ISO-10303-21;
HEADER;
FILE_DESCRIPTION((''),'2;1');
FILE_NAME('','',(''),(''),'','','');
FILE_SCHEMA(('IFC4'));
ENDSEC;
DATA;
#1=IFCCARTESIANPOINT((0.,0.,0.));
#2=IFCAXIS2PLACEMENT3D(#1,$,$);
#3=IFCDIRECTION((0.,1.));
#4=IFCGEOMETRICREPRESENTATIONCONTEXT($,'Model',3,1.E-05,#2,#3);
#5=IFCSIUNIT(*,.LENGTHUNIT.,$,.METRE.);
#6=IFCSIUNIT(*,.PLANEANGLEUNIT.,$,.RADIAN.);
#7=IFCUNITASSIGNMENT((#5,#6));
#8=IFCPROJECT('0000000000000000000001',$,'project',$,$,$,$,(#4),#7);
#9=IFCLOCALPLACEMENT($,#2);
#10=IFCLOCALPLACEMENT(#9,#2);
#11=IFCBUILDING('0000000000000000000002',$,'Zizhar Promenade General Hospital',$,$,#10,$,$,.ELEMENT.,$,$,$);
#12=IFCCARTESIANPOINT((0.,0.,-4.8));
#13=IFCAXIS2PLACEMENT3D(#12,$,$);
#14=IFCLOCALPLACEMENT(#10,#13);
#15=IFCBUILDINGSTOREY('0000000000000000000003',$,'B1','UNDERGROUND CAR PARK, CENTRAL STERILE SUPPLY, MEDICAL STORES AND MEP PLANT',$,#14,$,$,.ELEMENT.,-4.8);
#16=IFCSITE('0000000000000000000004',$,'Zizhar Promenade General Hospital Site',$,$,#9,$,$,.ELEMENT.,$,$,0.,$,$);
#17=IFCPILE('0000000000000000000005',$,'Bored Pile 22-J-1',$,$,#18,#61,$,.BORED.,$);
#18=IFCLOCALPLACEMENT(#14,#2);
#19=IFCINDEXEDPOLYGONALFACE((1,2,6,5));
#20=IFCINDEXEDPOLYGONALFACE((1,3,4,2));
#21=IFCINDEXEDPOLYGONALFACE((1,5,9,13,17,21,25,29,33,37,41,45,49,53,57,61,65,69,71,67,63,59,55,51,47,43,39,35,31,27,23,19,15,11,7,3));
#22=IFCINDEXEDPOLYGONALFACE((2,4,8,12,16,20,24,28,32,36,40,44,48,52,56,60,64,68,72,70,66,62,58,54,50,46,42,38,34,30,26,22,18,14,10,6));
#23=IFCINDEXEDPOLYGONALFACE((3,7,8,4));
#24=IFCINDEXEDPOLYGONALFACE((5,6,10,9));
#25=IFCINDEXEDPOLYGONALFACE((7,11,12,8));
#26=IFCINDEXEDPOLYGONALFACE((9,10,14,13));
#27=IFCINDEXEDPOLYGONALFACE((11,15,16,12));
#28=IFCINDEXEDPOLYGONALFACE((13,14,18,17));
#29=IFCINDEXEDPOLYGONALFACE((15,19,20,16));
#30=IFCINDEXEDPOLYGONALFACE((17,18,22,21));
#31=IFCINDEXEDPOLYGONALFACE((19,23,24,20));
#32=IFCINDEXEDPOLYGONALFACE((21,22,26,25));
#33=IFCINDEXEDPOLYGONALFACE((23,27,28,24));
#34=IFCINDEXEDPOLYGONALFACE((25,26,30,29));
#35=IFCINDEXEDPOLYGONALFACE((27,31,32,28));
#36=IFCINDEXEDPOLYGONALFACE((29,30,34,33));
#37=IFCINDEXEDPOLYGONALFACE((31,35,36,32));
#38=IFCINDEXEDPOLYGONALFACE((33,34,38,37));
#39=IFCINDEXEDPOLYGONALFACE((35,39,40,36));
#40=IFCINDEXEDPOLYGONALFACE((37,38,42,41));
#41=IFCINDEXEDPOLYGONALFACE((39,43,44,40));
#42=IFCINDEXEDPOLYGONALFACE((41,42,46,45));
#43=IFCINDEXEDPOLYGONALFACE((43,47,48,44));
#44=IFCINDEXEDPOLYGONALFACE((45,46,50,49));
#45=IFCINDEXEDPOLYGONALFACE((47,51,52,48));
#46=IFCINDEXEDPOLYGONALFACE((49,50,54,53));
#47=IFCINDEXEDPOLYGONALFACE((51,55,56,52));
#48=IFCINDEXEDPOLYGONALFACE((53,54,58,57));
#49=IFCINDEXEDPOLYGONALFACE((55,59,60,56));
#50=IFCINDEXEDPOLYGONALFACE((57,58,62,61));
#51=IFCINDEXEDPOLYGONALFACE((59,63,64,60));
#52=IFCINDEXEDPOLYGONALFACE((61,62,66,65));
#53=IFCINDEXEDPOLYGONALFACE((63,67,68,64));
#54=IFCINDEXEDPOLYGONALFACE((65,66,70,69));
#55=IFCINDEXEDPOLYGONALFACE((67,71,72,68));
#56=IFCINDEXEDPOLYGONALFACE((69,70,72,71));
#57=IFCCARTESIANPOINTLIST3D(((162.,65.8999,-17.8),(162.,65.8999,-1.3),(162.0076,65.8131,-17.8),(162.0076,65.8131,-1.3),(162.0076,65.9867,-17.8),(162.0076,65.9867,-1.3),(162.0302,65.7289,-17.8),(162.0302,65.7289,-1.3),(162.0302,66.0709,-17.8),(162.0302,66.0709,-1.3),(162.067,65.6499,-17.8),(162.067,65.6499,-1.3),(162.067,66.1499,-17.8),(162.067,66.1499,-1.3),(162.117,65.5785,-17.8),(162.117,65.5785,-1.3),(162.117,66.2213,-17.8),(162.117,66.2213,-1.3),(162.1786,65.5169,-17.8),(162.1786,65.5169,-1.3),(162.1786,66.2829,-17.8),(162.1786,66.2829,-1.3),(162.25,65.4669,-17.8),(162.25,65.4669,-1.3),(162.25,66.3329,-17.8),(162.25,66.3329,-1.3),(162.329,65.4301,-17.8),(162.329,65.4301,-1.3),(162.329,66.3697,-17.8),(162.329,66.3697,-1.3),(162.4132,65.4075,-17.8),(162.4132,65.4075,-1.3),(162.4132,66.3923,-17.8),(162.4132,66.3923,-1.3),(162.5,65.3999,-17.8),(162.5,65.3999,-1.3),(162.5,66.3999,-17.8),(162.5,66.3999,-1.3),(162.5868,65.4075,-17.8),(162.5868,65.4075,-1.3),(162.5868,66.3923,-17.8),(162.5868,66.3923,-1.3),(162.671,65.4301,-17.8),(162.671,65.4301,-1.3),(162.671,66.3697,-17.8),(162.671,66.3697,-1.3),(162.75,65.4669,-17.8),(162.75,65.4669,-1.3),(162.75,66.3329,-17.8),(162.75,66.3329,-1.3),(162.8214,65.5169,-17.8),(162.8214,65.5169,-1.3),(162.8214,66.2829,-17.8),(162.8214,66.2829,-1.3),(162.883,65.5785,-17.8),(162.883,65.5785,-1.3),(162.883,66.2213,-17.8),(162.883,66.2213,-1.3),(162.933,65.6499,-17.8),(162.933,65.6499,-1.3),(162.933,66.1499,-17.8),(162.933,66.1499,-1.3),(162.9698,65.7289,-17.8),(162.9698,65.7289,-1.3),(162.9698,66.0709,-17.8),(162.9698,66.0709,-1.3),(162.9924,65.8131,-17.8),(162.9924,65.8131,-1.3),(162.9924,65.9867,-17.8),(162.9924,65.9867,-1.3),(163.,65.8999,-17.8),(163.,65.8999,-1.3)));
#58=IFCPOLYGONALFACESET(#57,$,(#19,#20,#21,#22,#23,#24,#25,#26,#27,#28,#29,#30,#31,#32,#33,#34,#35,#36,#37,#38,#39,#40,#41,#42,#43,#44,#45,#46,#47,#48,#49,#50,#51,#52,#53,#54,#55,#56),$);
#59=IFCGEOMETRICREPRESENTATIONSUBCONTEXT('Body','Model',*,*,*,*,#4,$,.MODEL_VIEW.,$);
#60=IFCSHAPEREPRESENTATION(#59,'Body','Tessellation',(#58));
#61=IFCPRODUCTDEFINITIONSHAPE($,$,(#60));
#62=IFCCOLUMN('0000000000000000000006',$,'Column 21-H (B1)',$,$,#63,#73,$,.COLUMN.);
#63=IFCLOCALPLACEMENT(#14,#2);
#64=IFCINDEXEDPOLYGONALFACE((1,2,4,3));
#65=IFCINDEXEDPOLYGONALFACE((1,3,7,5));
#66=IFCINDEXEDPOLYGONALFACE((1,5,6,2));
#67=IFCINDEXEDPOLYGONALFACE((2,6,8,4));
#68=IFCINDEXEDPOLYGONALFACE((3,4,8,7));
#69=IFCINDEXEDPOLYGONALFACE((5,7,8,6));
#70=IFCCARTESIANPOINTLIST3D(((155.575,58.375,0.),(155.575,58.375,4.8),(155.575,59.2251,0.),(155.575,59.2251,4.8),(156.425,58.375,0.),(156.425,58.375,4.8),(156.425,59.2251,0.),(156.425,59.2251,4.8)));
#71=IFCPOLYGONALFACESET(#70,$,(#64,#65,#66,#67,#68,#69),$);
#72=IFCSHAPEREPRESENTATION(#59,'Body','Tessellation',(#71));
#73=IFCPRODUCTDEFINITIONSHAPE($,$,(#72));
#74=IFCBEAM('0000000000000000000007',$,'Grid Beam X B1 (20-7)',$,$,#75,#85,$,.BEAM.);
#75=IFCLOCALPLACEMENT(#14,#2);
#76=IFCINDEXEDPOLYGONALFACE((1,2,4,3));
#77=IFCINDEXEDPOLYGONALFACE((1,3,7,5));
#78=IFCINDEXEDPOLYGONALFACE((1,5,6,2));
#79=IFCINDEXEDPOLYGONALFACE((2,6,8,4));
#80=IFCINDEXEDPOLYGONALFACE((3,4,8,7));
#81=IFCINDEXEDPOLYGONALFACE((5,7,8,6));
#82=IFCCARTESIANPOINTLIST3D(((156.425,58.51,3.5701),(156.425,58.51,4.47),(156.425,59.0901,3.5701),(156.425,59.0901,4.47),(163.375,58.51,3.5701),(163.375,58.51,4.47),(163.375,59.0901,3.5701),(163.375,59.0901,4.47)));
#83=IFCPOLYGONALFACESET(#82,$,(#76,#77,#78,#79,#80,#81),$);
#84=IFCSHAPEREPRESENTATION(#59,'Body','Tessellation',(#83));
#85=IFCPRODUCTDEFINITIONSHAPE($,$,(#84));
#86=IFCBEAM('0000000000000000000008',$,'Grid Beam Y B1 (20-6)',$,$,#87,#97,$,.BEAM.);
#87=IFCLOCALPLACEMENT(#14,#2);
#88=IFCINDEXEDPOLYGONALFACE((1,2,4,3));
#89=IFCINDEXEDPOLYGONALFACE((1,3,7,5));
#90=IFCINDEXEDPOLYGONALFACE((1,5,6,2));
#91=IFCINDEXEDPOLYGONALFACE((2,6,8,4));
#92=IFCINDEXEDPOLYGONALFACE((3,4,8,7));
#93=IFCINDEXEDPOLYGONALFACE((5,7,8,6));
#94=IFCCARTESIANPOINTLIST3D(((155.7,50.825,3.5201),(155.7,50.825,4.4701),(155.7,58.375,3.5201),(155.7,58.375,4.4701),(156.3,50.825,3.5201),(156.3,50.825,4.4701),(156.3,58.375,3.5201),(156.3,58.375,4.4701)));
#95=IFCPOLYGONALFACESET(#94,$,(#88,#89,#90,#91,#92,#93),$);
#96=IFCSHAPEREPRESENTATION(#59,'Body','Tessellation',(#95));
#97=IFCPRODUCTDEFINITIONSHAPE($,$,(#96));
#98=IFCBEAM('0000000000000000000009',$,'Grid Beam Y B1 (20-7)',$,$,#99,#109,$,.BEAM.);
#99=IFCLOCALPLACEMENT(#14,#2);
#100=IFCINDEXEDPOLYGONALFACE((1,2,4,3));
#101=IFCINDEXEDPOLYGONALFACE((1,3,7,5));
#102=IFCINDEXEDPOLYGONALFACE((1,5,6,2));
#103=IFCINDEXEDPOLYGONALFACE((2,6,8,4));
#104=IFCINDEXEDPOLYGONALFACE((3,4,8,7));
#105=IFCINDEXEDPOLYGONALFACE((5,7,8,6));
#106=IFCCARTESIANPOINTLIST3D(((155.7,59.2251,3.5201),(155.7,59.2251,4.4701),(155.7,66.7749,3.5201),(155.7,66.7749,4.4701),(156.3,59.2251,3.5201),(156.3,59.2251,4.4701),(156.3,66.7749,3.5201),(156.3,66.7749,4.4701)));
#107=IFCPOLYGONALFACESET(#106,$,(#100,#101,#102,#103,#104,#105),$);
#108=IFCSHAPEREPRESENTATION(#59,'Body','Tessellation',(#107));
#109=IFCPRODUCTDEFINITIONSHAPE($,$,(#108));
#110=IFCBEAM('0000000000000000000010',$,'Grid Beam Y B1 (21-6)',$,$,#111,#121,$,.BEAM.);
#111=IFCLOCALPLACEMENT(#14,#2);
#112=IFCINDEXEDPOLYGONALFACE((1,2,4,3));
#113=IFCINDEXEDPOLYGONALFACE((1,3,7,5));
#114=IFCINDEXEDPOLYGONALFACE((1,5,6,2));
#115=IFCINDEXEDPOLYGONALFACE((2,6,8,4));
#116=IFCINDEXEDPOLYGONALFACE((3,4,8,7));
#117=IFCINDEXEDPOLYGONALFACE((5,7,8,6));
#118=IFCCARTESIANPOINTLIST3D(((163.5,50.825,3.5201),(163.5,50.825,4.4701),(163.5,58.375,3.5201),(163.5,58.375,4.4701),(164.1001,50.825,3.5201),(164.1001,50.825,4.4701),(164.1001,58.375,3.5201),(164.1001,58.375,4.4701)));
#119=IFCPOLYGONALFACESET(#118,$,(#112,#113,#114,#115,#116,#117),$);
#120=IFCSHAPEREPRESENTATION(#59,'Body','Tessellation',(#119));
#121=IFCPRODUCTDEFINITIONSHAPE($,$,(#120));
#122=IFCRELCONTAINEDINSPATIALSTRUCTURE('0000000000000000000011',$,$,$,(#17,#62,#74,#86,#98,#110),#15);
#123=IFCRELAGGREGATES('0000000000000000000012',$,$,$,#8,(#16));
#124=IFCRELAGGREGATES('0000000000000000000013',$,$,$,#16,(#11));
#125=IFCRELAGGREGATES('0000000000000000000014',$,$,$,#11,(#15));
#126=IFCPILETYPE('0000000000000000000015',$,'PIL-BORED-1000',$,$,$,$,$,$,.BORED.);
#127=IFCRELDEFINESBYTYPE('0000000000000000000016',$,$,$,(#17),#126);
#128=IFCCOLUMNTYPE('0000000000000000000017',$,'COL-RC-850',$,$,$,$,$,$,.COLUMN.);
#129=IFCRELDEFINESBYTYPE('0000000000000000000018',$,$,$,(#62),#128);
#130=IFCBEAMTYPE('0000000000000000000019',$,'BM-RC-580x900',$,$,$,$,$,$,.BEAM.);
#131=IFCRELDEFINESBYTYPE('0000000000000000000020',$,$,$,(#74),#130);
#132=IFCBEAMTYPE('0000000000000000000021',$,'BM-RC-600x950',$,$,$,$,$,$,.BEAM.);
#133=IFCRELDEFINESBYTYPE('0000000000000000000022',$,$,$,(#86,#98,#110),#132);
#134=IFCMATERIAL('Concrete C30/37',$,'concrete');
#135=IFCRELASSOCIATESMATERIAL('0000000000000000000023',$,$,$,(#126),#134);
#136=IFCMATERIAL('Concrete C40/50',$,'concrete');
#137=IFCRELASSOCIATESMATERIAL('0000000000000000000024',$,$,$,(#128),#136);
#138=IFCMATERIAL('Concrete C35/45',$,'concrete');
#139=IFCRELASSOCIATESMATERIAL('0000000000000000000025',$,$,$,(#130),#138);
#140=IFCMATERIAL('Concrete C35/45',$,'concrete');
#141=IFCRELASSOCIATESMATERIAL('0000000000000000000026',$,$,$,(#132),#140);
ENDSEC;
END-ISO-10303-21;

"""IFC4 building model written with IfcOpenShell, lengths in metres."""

from ifc_helpers import new_model, si_unit, direction, frame, origin, origin_2d, place, context, subcontext, project, spatial, rectangle, circle, extrude, material, material_profile, profile_set, type_object, element, save


model = new_model("IFC4")

# Units and contexts
model_context = context("Model", 3, precision=1e-05, world=origin(), true_north=direction((0.0, 1.0)))
body_context = subcontext(model_context, "Body", "Model", "MODEL_VIEW")
ifc_project = project(units=[si_unit("LENGTHUNIT", "METRE"), si_unit("PLANEANGLEUNIT", "RADIAN")], contexts=[model_context])

# Site, building, storey
site_placement = place(None, origin())
site = spatial("IfcSite", under=ifc_project, at=site_placement, Name="Zizhar Promenade General Hospital Site", CompositionType="ELEMENT", RefElevation=0.0)
building_placement = place(site_placement, origin())
building = spatial("IfcBuilding", under=site, at=building_placement, Name="Zizhar Promenade General Hospital", CompositionType="ELEMENT")
storey_placement = place(building_placement, frame((0.0, 0.0, -4.8)))
storey = spatial("IfcBuildingStorey", under=building, at=storey_placement, Name="B1", Description="UNDERGROUND CAR PARK, CENTRAL STERILE SUPPLY, MEDICAL STORES AND MEP PLANT", CompositionType="ELEMENT", Elevation=-4.8)

# Pile
ifc_material_1 = material(Name="Concrete C30/37", Category="concrete")
ifc_material_profile_1 = material_profile(ifc_material_1, circle(Radius=0.5, at=origin_2d()))
ifc_profile_set_1 = profile_set([ifc_material_profile_1], Name="Concrete C30/37")
pile_type = type_object("IfcPileType", Name="PIL-BORED-1000", PredefinedType="BORED", material=ifc_profile_set_1)
for number, where, z_axis, x_axis, name in (
    (1, (162.5, 65.8999, -1.3), (0.0, 0.0, -1.0), (1.0, 0.0, 0.0), "Bored Pile 22-J-1"),
):
    element("IfcPile", number, at=place(storey_placement, frame(where, z_axis=z_axis, x_axis=x_axis)), inside=storey, type_object=pile_type, Name=name, PredefinedType="BORED", context=body_context, shape_type="SweptSolid", body=[
        extrude(circle(Radius=0.5, at=origin_2d()), origin(), (0.0, 0.0, 1.0), 16.5),
    ])

# Column
ifc_material_2 = material(Name="Concrete C40/50", Category="concrete")
ifc_material_profile_2 = material_profile(ifc_material_2, rectangle(XDim=0.8501, YDim=0.8501, at=origin_2d()))
ifc_profile_set_2 = profile_set([ifc_material_profile_2], Name="Concrete C40/50")
column_type = type_object("IfcColumnType", Name="COL-RC-850", PredefinedType="COLUMN", material=ifc_profile_set_2)
column_placement = place(storey_placement, frame((156.0, 58.8, 0.0), z_axis=(0.0, 0.0, 1.0), x_axis=(1.0, 0.0, 0.0)))
element("IfcColumn", 2, at=column_placement, inside=storey, type_object=column_type, Name="Column 21-H (B1)", PredefinedType="COLUMN", context=body_context, shape_type="SweptSolid", body=[
    extrude(rectangle(XDim=0.8501, YDim=0.8501, at=origin_2d()), origin(), (0.0, 0.0, 1.0), 4.8),
])

# Beams
ifc_material_3 = material(Name="Concrete C35/45", Category="concrete")
ifc_material_profile_3 = material_profile(ifc_material_3, rectangle(XDim=0.5801, YDim=0.8999, at=origin_2d()))
ifc_profile_set_3 = profile_set([ifc_material_profile_3], Name="Concrete C35/45")
beam_type_1 = type_object("IfcBeamType", Name="BM-RC-580x900", PredefinedType="BEAM", material=ifc_profile_set_3)
beam_1_placement = place(storey_placement, frame((156.425, 58.8, 4.02), z_axis=(1.0, 0.0, 0.0), x_axis=(0.0, 1.0, 0.0)))
element("IfcBeam", 3, at=beam_1_placement, inside=storey, type_object=beam_type_1, Name="Grid Beam X B1 (20-7)", PredefinedType="BEAM", context=body_context, shape_type="SweptSolid", body=[
    extrude(rectangle(XDim=0.5801, YDim=0.8999, at=origin_2d()), origin(), (0.0, 0.0, 1.0), 6.95),
])
ifc_material_4 = material(Name="Concrete C35/45", Category="concrete")
ifc_material_profile_4 = material_profile(ifc_material_4, rectangle(XDim=0.6001, YDim=0.95, at=origin_2d()))
ifc_profile_set_4 = profile_set([ifc_material_profile_4], Name="Concrete C35/45")
beam_type_2 = type_object("IfcBeamType", Name="BM-RC-600x950", PredefinedType="BEAM", material=ifc_profile_set_4)
beam_2_placement = place(storey_placement, frame((156.0, 50.825, 3.9951), z_axis=(0.0, 1.0, 0.0), x_axis=(-1.0, 0.0, 0.0)))
element("IfcBeam", 4, at=beam_2_placement, inside=storey, type_object=beam_type_2, Name="Grid Beam Y B1 (20-6)", PredefinedType="BEAM", context=body_context, shape_type="SweptSolid", body=[
    extrude(rectangle(XDim=0.6001, YDim=0.95, at=origin_2d()), origin(), (0.0, 0.0, 1.0), 7.55),
])
beam_3_placement = place(storey_placement, frame((156.0, 59.2251, 3.9951), z_axis=(0.0, 1.0, 0.0), x_axis=(-1.0, 0.0, 0.0)))
element("IfcBeam", 5, at=beam_3_placement, inside=storey, type_object=beam_type_2, Name="Grid Beam Y B1 (20-7)", PredefinedType="BEAM", context=body_context, shape_type="SweptSolid", body=[
    extrude(rectangle(XDim=0.6001, YDim=0.95, at=origin_2d()), origin(), (0.0, 0.0, 1.0), 7.5498),
])
beam_4_placement = place(storey_placement, frame((163.8, 50.825, 3.9951), z_axis=(0.0, 1.0, 0.0), x_axis=(-1.0, 0.0, 0.0)))
element("IfcBeam", 6, at=beam_4_placement, inside=storey, type_object=beam_type_2, Name="Grid Beam Y B1 (21-6)", PredefinedType="BEAM", context=body_context, shape_type="SweptSolid", body=[
    extrude(rectangle(XDim=0.6001, YDim=0.95, at=origin_2d()), origin(), (0.0, 0.0, 1.0), 7.55),
])

save(model, "model.ifc")
